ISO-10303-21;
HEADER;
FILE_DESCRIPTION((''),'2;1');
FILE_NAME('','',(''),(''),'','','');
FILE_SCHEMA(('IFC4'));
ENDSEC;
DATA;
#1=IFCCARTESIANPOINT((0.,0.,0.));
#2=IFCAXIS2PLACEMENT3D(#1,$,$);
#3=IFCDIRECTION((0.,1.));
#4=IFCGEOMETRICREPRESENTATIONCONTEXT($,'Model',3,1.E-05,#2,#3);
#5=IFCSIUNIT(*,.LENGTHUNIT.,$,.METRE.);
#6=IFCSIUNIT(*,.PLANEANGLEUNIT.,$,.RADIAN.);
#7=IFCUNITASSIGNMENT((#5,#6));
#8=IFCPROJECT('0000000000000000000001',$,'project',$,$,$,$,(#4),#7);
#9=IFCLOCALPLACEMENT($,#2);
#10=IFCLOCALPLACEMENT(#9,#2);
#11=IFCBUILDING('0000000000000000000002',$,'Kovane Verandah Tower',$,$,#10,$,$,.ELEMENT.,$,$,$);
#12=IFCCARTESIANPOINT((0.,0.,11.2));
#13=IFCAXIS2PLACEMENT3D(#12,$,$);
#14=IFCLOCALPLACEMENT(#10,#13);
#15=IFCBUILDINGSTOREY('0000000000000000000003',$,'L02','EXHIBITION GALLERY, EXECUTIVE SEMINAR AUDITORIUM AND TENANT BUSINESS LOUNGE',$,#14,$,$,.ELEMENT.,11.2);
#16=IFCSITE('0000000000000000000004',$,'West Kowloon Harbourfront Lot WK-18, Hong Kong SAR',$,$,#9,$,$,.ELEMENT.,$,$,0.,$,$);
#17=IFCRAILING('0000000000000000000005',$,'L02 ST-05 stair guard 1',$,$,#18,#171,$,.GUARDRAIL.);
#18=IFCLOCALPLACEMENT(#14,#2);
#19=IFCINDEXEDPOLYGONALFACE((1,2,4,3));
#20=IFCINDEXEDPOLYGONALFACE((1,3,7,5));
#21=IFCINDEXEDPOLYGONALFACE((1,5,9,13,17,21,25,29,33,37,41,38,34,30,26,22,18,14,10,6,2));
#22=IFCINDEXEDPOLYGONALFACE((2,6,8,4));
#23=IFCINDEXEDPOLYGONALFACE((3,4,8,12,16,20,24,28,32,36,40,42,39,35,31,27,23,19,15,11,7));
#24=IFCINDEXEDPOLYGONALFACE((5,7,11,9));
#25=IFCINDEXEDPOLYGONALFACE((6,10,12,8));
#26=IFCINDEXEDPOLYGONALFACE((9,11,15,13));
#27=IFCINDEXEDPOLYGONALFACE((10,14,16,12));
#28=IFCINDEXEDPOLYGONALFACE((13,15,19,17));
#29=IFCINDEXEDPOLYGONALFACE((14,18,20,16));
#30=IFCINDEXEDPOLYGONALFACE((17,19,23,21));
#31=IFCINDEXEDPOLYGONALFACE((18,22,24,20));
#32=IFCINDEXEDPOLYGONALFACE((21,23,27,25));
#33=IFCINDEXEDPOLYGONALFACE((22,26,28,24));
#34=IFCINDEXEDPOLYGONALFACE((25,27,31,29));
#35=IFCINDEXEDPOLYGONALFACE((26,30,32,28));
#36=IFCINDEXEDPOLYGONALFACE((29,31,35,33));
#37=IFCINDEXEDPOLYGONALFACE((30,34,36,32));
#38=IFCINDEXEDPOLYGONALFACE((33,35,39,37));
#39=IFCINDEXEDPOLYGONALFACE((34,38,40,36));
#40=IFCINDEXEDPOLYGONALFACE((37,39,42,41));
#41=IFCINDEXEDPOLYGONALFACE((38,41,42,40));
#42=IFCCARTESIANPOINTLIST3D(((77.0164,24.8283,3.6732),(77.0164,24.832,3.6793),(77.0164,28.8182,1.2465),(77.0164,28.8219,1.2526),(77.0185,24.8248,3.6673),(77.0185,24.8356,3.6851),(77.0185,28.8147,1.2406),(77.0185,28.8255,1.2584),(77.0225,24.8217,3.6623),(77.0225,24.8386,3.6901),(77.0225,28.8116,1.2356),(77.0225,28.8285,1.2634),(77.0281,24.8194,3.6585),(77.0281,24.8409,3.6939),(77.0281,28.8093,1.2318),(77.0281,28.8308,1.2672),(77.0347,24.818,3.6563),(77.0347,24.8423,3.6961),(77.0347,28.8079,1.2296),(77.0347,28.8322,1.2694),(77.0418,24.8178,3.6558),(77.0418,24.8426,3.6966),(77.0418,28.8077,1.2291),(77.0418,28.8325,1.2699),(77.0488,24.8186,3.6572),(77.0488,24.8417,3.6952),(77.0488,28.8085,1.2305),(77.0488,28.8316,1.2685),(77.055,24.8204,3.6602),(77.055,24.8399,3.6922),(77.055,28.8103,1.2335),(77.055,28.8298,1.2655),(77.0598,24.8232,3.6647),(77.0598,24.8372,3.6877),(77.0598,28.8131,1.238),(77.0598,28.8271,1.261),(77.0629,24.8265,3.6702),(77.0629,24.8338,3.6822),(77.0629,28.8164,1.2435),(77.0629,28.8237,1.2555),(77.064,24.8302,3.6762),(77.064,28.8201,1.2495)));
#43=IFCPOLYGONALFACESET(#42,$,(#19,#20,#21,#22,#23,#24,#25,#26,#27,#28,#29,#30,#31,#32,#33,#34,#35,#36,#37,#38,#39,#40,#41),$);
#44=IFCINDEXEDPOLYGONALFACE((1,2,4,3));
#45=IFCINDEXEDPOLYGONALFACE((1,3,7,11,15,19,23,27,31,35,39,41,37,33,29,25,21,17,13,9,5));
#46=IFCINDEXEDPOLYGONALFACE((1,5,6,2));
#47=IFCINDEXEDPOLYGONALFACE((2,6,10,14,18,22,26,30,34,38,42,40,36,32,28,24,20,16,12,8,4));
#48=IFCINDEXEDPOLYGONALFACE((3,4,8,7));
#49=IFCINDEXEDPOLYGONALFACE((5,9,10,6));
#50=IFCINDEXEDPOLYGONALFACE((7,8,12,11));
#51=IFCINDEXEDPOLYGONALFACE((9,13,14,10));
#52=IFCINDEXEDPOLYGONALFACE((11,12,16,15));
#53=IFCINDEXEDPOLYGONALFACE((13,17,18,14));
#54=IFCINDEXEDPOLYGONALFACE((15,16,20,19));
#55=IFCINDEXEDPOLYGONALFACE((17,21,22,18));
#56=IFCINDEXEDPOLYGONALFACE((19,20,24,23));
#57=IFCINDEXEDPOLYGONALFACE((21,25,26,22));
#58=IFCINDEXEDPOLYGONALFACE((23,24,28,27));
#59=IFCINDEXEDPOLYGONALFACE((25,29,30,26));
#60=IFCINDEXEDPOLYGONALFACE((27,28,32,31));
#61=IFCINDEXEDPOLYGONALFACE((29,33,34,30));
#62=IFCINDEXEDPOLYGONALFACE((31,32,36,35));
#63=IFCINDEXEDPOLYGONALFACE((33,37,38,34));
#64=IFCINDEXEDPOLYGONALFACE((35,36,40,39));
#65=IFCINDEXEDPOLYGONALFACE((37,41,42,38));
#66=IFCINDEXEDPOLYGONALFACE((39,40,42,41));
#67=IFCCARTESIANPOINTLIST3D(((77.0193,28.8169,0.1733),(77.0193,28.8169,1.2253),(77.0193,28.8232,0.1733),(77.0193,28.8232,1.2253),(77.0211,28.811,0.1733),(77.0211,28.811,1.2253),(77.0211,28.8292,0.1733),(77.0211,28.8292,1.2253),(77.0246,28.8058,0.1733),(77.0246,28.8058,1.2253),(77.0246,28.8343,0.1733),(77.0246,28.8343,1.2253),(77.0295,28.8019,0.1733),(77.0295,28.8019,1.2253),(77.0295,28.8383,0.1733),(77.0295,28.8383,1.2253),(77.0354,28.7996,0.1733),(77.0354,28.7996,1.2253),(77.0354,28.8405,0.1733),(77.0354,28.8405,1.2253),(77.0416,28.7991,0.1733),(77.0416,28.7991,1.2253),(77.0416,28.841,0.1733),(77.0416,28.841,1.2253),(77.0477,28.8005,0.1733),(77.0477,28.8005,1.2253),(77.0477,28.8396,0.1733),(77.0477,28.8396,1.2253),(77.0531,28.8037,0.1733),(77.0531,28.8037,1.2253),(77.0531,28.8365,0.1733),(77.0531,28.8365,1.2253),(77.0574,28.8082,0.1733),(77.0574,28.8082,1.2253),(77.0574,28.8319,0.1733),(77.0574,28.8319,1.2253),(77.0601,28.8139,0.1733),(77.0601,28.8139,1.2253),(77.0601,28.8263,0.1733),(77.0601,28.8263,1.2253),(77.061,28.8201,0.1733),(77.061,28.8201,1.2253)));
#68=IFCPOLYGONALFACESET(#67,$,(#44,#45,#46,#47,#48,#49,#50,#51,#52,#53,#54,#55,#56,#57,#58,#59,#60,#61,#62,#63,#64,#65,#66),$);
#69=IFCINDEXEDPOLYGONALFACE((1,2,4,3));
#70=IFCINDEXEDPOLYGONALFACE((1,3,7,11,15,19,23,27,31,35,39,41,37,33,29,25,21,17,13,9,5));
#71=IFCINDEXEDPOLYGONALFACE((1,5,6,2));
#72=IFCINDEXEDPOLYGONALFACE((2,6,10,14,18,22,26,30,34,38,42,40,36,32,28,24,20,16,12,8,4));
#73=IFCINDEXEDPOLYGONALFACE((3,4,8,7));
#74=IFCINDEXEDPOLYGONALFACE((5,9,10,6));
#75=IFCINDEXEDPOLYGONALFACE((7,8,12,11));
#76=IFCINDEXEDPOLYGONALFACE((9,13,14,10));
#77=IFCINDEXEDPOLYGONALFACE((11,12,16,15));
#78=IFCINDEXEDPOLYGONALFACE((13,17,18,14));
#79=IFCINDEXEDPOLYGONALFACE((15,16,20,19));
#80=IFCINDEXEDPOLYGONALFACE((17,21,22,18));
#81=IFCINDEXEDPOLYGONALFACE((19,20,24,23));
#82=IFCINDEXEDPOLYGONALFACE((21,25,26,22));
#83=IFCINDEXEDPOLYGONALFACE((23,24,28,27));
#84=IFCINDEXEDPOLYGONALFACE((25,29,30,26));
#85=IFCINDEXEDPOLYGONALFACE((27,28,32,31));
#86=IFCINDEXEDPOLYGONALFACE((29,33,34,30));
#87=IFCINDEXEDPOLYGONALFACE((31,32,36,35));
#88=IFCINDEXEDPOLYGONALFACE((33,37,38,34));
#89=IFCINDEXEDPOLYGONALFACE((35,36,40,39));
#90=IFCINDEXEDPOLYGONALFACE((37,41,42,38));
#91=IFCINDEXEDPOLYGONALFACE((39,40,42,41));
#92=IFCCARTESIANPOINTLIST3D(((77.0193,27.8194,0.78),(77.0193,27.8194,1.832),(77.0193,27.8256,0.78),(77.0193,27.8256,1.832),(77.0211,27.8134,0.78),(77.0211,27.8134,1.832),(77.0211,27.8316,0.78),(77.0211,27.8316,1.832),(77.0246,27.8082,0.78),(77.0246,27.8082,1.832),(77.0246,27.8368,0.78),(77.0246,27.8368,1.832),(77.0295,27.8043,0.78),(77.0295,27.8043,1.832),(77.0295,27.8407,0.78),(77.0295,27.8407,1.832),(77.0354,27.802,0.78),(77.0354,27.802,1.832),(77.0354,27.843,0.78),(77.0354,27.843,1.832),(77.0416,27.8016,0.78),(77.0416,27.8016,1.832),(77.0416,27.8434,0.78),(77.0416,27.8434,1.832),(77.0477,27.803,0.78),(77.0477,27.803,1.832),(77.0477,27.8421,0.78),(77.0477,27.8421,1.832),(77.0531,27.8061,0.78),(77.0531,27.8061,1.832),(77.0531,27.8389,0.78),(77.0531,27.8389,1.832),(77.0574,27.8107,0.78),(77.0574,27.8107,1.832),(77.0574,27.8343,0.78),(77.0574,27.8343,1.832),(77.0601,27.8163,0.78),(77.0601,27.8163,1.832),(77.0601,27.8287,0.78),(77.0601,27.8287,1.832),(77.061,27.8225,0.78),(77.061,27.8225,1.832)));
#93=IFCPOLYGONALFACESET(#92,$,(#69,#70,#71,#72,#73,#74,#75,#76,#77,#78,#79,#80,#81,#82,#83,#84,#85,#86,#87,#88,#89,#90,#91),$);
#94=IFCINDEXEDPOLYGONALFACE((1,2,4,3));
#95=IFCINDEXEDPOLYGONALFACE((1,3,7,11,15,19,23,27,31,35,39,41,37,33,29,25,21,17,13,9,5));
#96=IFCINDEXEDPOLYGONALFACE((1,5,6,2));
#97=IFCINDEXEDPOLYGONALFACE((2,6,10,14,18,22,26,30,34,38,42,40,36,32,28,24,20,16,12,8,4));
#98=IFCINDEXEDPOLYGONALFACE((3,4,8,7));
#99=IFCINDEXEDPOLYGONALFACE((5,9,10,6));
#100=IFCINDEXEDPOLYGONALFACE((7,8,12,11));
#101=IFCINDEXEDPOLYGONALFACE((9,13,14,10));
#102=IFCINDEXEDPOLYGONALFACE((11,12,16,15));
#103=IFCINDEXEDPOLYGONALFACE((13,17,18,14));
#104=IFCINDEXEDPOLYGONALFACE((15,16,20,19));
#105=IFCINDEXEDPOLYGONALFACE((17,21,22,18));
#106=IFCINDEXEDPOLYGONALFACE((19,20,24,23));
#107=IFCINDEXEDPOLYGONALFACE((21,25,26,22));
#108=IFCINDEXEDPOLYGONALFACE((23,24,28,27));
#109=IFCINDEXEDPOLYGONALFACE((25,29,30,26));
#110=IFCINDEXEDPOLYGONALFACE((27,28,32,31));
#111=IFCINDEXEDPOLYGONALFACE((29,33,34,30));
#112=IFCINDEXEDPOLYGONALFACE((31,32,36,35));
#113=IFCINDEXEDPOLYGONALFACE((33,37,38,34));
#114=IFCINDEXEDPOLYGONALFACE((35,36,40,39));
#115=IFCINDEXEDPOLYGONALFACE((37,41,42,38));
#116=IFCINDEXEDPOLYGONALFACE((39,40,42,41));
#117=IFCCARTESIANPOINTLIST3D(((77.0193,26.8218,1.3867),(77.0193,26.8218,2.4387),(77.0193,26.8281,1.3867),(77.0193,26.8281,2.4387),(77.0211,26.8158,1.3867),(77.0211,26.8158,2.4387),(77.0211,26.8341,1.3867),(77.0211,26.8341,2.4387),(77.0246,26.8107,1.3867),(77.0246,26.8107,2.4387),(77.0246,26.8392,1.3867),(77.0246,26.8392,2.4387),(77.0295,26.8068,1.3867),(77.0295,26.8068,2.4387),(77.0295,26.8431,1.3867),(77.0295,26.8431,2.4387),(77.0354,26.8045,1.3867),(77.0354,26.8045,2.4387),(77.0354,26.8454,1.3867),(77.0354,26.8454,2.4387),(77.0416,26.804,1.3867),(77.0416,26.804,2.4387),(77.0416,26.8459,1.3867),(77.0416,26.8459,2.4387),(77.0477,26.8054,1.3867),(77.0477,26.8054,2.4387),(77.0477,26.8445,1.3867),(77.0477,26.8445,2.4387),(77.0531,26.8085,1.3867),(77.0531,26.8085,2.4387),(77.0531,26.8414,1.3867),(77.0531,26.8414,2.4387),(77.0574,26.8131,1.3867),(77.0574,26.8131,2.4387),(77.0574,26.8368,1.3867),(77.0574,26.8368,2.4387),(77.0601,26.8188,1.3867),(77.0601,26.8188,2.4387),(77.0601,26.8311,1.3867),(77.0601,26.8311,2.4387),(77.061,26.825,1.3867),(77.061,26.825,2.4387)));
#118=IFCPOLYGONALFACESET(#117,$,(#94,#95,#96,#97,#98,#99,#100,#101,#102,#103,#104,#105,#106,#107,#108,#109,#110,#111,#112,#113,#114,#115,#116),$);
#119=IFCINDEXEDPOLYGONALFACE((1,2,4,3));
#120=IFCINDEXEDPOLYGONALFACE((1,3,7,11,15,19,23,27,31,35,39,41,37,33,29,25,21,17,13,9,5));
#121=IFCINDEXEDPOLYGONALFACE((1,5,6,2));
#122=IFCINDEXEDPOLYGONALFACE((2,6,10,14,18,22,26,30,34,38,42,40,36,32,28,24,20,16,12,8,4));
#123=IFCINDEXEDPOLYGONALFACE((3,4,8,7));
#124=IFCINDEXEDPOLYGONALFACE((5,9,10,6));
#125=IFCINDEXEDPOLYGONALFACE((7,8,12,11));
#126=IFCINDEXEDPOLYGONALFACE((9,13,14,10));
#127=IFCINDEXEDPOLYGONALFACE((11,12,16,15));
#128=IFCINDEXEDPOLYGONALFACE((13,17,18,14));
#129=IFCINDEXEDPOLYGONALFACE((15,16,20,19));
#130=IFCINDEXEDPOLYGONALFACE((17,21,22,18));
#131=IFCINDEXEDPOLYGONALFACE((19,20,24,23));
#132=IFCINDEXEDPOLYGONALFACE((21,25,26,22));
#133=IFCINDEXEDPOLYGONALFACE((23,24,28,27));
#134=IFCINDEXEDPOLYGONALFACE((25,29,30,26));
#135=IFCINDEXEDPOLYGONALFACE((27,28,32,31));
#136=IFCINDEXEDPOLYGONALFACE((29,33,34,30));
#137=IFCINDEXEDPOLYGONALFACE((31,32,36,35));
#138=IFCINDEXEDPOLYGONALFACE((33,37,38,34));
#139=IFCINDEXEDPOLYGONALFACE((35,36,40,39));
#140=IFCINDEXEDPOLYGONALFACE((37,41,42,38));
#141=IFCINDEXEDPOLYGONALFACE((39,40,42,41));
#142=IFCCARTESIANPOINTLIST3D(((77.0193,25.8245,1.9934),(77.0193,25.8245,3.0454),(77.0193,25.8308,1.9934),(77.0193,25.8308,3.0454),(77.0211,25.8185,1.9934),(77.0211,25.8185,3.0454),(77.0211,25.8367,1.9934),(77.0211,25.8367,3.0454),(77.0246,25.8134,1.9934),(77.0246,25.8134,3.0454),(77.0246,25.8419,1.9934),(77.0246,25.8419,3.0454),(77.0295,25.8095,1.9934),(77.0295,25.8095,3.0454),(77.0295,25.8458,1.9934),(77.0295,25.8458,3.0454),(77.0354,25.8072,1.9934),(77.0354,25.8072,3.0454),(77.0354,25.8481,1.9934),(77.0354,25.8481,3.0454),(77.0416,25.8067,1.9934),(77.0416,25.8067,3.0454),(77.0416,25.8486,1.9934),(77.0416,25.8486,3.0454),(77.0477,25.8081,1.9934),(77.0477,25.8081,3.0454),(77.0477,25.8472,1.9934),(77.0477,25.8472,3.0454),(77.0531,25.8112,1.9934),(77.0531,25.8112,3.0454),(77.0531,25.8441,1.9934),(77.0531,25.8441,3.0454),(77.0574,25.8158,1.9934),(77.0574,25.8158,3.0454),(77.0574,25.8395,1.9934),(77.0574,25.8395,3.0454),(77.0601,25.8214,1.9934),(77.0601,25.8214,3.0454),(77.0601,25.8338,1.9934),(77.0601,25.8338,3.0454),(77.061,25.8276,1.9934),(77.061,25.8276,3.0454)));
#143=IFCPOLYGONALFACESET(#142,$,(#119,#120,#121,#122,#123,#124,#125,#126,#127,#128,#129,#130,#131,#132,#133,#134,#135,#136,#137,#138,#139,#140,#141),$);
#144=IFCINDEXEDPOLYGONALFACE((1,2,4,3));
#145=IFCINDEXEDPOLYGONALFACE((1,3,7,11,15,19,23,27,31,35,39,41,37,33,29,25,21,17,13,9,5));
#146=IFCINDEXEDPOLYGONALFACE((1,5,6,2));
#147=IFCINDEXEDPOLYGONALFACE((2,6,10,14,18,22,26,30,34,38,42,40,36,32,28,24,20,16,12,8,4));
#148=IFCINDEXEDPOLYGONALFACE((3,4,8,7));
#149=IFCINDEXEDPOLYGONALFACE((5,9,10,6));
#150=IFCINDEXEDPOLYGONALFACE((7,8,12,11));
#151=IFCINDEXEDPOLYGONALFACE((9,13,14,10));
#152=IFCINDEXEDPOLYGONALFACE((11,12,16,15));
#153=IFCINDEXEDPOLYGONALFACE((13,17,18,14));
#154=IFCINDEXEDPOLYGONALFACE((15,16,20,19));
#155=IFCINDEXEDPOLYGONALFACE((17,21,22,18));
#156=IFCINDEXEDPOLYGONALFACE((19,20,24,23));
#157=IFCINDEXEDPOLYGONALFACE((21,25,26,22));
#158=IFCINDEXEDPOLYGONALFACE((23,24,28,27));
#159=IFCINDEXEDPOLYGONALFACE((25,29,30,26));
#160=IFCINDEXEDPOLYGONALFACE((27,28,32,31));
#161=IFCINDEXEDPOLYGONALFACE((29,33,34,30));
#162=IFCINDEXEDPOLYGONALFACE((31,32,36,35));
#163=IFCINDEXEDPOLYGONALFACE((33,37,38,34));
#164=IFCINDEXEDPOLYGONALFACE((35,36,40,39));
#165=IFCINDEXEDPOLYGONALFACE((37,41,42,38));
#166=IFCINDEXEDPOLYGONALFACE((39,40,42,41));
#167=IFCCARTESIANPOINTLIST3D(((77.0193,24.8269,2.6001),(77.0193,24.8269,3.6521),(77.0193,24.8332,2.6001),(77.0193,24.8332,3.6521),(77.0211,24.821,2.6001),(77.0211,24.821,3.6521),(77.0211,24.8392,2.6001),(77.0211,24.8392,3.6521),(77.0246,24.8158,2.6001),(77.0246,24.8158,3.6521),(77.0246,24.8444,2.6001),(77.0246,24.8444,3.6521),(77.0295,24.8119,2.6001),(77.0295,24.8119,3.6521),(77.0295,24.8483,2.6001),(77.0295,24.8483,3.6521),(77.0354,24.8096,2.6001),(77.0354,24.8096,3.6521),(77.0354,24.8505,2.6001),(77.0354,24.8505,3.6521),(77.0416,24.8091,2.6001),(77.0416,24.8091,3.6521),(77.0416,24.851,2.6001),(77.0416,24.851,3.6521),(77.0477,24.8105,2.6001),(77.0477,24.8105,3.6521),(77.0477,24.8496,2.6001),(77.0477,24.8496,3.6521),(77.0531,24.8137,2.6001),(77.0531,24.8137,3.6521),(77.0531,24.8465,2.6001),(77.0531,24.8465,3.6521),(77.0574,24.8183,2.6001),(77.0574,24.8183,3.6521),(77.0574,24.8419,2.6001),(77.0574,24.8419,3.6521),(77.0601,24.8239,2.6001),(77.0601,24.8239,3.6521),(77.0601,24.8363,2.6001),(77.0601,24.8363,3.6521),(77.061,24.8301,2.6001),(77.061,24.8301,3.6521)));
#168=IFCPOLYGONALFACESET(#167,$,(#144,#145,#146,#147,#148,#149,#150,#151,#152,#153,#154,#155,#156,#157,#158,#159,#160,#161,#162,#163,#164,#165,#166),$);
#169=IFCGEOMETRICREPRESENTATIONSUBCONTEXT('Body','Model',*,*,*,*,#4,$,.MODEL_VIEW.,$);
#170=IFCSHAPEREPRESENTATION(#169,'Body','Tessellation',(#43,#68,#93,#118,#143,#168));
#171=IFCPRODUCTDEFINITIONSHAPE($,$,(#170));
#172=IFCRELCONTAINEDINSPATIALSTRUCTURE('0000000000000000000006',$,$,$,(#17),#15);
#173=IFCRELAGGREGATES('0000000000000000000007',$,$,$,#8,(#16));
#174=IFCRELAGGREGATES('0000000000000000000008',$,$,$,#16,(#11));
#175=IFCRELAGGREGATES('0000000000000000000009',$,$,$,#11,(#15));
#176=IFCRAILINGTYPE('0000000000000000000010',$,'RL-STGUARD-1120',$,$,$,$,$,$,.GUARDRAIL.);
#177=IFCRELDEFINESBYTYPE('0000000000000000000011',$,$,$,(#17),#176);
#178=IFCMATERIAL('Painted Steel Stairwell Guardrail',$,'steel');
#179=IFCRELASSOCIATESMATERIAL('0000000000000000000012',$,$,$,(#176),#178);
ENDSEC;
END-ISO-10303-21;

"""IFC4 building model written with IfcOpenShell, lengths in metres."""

from ifc_helpers import new_model, si_unit, direction, frame, origin, origin_2d, place, context, subcontext, project, spatial, circle, extrude, material, type_object, element, save


model = new_model("IFC4")

# Units and contexts
model_context = context("Model", 3, precision=1e-05, world=origin(), true_north=direction((0.0, 1.0)))
body_context = subcontext(model_context, "Body", "Model", "MODEL_VIEW")
ifc_project = project(units=[si_unit("LENGTHUNIT", "METRE"), si_unit("PLANEANGLEUNIT", "RADIAN")], contexts=[model_context])

# Site, building, storey
site_placement = place(None, origin())
site = spatial("IfcSite", under=ifc_project, at=site_placement, Name="West Kowloon Harbourfront Lot WK-18, Hong Kong SAR", CompositionType="ELEMENT", RefElevation=0.0)
building_placement = place(site_placement, origin())
building = spatial("IfcBuilding", under=site, at=building_placement, Name="Kovane Verandah Tower", CompositionType="ELEMENT")
storey_placement = place(building_placement, frame((0.0, 0.0, 11.2)))
storey = spatial("IfcBuildingStorey", under=building, at=storey_placement, Name="L02", Description="EXHIBITION GALLERY, EXECUTIVE SEMINAR AUDITORIUM AND TENANT BUSINESS LOUNGE", CompositionType="ELEMENT", Elevation=11.2)

# Railing
ifc_material_1 = material(Name="Painted Steel Stairwell Guardrail", Category="steel")
railing_type_1 = type_object("IfcRailingType", Name="RL-STGUARD-1120", PredefinedType="GUARDRAIL", material=ifc_material_1)
railing_1_placement = place(storey_placement, frame((77.04, 28.8201, 0.1733)))
element("IfcRailing", 1, at=railing_1_placement, inside=storey, type_object=railing_type_1, Name="L02 ST-05 stair guard 1", PredefinedType="GUARDRAIL", context=body_context, shape_type="SweptSolid", body=[
    extrude(circle(Radius=0.0239, at=origin_2d()), frame((0.0, 0.0, 1.0762), z_axis=(0.0, -0.854382, 0.519645), x_axis=(1.0, 0.0, 0.0)), (0.0, 0.0, 1.0), 4.6699),
    extrude(circle(Radius=0.021, at=origin_2d()), origin(), (0.0, 0.0, 1.0), 1.052),
    extrude(circle(Radius=0.021, at=origin_2d()), frame((0.0, -0.9976, 0.6067)), (0.0, 0.0, 1.0), 1.052),
    extrude(circle(Radius=0.021, at=origin_2d()), frame((0.0, -1.9951, 1.2134)), (0.0, 0.0, 1.0), 1.052),
    extrude(circle(Radius=0.021, at=origin_2d()), frame((0.0, -2.9924, 1.8201)), (0.0, 0.0, 1.0), 1.052),
    extrude(circle(Radius=0.021, at=origin_2d()), frame((0.0, -3.99, 2.4268)), (0.0, 0.0, 1.0), 1.052),
])

save(model, "model.ifc")
